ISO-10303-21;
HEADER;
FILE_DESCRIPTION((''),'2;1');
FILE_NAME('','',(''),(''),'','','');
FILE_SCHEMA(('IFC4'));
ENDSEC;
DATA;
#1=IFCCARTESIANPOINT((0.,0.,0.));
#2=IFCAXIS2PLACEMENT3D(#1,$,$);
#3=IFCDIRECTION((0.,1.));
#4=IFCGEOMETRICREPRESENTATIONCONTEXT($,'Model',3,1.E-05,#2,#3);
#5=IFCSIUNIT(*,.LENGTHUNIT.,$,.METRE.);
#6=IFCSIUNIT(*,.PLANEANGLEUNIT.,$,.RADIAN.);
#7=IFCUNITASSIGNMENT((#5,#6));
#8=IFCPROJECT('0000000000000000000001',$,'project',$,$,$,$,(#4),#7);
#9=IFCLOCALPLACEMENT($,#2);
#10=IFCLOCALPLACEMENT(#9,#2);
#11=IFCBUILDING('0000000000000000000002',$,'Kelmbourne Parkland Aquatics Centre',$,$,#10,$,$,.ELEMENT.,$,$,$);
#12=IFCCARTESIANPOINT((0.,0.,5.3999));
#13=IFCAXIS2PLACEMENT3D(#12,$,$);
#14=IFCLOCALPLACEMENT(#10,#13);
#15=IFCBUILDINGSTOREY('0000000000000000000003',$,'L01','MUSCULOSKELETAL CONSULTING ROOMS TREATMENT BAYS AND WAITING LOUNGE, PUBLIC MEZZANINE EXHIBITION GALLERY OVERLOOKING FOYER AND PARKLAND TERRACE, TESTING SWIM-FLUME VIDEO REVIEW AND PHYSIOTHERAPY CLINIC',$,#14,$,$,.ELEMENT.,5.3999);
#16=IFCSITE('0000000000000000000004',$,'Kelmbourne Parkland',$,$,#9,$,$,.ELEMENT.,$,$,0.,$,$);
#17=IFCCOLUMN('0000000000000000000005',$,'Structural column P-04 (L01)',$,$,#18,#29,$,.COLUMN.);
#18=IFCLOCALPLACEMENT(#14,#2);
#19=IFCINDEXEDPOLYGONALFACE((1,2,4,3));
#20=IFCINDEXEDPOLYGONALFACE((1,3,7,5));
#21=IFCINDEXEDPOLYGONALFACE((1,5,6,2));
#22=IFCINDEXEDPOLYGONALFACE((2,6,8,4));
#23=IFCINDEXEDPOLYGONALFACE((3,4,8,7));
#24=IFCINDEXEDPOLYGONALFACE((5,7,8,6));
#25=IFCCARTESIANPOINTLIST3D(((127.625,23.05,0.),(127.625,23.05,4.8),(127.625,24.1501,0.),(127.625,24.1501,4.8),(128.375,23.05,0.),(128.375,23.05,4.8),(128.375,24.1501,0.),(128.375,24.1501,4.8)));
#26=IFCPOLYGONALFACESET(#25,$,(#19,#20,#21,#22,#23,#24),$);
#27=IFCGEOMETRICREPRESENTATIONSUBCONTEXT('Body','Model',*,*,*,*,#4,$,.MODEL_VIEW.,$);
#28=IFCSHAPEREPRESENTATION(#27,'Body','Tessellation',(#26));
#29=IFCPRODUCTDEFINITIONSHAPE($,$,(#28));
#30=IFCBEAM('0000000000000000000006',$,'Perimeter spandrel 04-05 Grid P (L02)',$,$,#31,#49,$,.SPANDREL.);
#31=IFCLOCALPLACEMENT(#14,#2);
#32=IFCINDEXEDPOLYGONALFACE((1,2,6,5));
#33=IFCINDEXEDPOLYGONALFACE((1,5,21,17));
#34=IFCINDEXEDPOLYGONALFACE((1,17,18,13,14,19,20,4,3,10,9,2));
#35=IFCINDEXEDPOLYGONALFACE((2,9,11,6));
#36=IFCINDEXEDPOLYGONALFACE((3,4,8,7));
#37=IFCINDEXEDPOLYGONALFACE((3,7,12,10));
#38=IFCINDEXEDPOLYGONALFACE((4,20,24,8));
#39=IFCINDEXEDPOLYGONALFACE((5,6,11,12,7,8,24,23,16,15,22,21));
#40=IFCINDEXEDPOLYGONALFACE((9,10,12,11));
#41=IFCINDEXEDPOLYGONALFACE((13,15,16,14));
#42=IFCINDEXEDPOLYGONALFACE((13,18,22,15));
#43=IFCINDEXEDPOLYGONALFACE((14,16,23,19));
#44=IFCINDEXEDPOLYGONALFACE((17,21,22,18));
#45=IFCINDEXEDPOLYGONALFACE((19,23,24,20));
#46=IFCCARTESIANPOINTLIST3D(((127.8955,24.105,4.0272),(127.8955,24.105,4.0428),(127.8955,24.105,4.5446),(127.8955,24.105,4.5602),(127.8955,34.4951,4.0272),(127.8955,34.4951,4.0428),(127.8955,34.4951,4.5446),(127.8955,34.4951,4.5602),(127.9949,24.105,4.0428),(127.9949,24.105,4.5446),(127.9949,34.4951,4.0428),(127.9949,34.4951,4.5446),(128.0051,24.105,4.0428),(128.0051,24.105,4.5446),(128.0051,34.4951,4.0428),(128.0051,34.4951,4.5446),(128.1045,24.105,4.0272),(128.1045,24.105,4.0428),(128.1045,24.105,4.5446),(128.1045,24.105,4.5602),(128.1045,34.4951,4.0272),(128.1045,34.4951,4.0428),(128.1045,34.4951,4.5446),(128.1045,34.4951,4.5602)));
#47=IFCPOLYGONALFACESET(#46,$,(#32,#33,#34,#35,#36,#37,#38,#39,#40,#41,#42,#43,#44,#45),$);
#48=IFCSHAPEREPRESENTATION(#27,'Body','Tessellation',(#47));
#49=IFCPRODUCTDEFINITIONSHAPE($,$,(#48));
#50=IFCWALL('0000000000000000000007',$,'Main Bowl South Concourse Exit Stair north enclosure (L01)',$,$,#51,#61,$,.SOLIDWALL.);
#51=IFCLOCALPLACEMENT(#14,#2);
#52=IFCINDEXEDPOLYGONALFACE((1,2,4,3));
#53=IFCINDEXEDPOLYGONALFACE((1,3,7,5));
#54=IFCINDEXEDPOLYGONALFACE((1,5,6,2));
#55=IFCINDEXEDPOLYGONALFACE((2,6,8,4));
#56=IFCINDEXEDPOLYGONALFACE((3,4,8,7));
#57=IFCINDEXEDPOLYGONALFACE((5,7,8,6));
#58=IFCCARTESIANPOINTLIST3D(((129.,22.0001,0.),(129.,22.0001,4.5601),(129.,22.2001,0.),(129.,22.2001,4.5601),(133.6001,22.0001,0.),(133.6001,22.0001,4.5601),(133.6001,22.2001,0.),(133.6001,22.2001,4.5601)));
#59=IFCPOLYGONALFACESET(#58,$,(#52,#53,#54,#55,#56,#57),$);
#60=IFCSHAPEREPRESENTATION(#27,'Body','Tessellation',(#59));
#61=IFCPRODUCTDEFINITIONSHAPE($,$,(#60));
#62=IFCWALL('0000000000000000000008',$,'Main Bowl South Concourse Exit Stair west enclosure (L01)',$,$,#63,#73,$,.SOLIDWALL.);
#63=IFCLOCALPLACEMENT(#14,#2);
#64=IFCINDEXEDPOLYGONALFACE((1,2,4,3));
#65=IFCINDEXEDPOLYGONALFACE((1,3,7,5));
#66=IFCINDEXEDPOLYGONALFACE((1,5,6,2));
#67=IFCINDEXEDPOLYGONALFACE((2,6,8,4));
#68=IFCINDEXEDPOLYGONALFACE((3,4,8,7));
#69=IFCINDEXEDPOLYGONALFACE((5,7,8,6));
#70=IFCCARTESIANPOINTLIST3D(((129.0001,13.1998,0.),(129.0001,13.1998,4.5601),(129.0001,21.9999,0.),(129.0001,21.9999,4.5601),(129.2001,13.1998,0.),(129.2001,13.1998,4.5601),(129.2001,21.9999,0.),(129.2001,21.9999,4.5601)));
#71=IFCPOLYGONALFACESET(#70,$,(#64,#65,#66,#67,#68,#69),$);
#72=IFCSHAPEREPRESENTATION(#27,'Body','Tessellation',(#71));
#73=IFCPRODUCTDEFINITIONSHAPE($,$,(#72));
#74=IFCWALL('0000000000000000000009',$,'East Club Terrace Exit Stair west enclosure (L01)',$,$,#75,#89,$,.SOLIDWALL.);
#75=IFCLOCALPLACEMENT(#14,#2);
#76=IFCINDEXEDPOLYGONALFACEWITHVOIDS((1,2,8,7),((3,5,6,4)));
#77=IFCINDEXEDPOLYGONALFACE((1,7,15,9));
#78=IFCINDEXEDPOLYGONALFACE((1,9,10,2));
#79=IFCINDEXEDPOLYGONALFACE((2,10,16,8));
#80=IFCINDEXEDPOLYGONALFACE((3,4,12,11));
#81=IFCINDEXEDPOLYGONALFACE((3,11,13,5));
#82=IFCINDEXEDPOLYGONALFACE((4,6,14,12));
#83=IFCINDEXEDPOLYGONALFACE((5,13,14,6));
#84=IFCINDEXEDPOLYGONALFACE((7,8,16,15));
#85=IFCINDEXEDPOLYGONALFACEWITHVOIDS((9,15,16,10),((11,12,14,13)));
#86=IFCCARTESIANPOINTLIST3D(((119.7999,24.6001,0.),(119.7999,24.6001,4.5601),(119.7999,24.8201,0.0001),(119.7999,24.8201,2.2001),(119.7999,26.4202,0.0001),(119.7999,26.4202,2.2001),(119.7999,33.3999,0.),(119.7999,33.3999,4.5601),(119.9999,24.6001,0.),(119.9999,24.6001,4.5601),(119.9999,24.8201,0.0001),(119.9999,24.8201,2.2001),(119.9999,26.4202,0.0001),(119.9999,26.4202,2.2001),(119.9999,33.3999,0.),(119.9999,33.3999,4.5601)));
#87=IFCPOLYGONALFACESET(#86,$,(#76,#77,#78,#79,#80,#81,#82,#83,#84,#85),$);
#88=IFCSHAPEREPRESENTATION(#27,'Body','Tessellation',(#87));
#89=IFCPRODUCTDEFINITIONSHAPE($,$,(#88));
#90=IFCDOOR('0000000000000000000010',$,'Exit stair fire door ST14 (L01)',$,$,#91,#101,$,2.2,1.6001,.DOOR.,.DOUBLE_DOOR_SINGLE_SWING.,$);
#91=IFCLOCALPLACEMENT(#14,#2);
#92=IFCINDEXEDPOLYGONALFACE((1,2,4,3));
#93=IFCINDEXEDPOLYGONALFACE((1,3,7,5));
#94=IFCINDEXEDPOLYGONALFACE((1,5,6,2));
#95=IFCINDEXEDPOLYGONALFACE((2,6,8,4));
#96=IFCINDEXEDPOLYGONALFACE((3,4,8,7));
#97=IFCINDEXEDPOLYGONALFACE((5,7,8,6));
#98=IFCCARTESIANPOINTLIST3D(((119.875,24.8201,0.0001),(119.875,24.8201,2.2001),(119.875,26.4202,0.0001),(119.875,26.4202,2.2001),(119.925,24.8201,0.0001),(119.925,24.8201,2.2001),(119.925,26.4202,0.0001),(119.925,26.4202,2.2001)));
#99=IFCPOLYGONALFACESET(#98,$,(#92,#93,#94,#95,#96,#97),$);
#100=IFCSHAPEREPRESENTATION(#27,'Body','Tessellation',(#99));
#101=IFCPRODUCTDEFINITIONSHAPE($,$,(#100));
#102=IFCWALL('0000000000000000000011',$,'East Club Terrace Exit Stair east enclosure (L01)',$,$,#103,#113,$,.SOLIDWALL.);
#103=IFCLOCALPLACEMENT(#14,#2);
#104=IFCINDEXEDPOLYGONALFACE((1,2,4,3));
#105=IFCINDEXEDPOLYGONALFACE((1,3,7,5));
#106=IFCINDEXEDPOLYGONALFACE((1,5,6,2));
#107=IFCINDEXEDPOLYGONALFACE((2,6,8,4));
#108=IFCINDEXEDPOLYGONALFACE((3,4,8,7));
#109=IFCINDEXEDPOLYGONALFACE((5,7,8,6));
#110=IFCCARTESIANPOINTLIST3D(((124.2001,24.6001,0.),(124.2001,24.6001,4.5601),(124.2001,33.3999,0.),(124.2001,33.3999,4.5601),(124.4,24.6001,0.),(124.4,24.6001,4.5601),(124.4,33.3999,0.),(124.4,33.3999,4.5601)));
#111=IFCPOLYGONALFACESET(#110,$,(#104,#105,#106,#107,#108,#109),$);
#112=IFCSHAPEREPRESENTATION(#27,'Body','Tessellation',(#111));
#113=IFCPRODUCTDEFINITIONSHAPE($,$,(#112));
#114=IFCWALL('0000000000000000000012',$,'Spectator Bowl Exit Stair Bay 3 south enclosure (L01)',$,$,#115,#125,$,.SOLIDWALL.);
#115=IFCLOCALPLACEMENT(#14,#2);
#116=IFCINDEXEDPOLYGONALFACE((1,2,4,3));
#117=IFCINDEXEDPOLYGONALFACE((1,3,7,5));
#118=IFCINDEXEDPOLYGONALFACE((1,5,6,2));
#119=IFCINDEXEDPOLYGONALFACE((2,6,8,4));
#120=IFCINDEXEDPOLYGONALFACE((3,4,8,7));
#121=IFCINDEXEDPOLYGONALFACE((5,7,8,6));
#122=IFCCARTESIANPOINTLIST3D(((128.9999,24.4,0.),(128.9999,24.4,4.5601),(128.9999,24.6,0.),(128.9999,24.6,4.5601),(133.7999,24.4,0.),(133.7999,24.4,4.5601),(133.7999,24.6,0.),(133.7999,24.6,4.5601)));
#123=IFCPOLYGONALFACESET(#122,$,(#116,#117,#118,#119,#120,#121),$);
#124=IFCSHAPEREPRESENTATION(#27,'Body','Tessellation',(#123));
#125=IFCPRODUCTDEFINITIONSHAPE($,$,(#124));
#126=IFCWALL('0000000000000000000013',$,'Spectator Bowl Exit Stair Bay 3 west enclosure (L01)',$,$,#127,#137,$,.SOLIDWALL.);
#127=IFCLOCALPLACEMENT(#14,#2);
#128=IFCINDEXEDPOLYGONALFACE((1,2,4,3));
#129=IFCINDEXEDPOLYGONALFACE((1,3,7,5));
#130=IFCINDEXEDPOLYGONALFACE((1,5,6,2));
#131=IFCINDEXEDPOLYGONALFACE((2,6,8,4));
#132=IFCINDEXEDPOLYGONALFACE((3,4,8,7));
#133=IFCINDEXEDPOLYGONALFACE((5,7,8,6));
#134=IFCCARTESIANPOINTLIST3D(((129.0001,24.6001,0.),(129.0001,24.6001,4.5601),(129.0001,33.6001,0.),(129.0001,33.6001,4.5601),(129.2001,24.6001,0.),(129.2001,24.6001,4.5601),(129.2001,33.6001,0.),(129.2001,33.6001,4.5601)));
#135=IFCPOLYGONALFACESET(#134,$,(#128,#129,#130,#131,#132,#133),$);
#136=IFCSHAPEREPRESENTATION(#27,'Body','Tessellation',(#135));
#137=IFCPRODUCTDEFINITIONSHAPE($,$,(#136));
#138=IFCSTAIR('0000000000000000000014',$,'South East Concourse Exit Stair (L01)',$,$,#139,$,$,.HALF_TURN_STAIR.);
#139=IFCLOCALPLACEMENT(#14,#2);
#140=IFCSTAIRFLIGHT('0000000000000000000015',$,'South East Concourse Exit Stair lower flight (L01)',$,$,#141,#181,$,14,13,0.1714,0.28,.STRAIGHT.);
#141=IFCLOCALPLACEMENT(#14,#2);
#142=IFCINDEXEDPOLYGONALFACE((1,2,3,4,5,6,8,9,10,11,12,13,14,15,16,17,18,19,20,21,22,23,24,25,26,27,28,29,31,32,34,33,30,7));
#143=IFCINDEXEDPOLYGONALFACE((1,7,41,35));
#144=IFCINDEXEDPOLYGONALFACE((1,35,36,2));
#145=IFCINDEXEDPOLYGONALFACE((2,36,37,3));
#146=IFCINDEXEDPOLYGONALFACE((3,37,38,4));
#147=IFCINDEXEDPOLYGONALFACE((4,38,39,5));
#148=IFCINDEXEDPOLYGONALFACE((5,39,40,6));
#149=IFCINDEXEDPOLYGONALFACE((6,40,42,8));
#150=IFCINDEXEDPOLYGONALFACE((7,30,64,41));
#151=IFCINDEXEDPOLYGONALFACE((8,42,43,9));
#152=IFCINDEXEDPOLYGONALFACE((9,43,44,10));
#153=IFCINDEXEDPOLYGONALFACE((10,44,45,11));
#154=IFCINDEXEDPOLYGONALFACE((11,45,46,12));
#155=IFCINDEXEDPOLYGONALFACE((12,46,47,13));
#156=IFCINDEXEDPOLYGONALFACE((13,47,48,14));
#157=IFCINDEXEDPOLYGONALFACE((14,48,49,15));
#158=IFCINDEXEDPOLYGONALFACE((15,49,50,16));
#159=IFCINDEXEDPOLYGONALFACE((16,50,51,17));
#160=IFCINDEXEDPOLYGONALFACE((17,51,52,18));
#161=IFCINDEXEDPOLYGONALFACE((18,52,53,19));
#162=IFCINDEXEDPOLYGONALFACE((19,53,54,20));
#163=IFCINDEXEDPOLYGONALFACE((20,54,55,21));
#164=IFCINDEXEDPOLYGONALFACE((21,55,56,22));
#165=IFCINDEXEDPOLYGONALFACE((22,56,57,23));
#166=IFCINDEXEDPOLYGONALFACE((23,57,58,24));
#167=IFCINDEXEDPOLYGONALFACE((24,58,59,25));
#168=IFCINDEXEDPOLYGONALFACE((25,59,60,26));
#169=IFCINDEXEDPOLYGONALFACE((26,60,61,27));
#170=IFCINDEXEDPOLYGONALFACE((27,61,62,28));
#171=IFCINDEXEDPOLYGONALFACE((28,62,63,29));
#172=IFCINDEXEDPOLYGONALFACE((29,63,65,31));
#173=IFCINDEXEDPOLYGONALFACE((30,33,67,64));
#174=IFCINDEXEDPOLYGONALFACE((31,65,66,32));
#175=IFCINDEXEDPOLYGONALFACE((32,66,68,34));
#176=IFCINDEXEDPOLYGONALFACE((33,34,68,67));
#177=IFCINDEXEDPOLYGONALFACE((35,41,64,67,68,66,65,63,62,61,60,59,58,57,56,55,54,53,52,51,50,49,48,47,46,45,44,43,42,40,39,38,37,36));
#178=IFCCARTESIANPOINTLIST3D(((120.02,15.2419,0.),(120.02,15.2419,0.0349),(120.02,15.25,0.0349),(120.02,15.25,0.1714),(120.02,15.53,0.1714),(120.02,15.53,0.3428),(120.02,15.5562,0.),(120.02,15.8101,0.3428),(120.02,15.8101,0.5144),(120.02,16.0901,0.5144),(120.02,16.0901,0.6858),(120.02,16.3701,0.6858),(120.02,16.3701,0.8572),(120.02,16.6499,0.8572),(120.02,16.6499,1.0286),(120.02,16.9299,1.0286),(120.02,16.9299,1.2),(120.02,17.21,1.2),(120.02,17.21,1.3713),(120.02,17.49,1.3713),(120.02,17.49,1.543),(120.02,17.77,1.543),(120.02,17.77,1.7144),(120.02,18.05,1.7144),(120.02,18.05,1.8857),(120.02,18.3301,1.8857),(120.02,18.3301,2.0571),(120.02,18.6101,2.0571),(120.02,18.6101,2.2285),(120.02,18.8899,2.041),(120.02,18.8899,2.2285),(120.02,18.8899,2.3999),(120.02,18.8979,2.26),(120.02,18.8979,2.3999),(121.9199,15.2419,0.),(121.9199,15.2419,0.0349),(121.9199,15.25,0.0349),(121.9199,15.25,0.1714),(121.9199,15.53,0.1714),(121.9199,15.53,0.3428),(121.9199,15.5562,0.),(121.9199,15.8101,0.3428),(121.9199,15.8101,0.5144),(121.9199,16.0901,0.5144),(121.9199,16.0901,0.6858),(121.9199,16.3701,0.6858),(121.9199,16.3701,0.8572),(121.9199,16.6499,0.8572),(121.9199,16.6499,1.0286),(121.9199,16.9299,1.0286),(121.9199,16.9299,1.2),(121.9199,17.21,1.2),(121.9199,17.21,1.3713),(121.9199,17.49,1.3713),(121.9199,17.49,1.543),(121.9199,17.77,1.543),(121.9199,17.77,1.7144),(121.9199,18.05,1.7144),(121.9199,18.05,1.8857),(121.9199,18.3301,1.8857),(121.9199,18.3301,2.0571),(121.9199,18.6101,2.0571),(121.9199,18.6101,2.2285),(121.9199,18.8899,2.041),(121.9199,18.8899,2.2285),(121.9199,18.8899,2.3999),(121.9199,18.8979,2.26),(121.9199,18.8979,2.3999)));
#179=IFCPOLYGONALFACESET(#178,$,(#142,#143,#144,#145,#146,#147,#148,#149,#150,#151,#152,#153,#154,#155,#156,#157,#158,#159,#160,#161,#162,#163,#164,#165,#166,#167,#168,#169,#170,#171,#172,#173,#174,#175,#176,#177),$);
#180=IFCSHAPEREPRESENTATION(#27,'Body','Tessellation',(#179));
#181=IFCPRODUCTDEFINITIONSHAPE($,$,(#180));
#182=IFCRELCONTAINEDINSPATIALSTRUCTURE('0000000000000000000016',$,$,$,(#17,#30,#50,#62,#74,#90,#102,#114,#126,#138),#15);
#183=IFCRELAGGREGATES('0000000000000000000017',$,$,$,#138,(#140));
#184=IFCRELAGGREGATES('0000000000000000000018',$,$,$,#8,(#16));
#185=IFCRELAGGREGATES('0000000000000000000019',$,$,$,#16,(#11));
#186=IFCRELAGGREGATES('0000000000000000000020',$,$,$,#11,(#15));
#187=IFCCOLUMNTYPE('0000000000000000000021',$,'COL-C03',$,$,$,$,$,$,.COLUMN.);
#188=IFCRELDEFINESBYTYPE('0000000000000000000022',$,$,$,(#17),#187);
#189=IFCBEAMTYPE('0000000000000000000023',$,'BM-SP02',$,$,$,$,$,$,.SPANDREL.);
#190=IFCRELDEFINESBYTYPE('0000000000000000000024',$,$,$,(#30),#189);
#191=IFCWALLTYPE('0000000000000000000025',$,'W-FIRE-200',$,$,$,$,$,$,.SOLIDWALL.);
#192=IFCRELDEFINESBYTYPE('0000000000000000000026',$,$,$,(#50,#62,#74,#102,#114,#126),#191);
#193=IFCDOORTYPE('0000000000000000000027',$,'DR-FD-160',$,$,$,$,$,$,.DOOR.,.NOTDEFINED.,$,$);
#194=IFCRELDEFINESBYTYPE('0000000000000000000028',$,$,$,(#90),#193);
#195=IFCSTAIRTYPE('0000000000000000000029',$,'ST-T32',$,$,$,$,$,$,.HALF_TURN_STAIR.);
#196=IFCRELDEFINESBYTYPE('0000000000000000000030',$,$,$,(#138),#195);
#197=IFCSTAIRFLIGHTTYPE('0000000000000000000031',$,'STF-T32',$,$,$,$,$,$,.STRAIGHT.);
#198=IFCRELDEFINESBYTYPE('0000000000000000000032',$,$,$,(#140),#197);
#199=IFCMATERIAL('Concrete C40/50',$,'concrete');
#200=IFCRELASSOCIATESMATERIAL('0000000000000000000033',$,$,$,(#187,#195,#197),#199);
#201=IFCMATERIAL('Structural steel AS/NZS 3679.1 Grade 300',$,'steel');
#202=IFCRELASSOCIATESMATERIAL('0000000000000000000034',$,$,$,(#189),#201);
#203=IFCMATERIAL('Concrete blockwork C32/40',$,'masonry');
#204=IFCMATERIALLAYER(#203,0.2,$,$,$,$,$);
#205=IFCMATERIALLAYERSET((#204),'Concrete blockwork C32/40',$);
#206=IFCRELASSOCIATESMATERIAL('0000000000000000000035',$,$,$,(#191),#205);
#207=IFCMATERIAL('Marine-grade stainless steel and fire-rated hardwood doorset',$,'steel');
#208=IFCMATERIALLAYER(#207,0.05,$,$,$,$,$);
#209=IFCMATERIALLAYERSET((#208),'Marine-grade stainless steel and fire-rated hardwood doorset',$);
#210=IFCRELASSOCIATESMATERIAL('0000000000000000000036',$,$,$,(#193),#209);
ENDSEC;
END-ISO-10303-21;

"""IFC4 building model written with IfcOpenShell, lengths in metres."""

from ifc_helpers import new_model, si_unit, direction, frame, frame_2d, origin, origin_2d, place, context, subcontext, project, spatial, polyline, rectangle, i_section, outline, extrude, material, layer, layer_set, material_profile, profile_set, type_object, element, fill, aggregate, save


model = new_model("IFC4")

# Units and contexts
model_context = context("Model", 3, precision=1e-05, world=origin(), true_north=direction((0.0, 1.0)))
body_context = subcontext(model_context, "Body", "Model", "MODEL_VIEW")
ifc_project = project(units=[si_unit("LENGTHUNIT", "METRE"), si_unit("PLANEANGLEUNIT", "RADIAN")], contexts=[model_context])

# Site, building, storey
site_placement = place(None, origin())
site = spatial("IfcSite", under=ifc_project, at=site_placement, Name="Kelmbourne Parkland", CompositionType="ELEMENT", RefElevation=0.0)
building_placement = place(site_placement, origin())
building = spatial("IfcBuilding", under=site, at=building_placement, Name="Kelmbourne Parkland Aquatics Centre", CompositionType="ELEMENT")
storey_placement = place(building_placement, frame((0.0, 0.0, 5.3999)))
storey = spatial("IfcBuildingStorey", under=building, at=storey_placement, Name="L01", Description="MUSCULOSKELETAL CONSULTING ROOMS TREATMENT BAYS AND WAITING LOUNGE, PUBLIC MEZZANINE EXHIBITION GALLERY OVERLOOKING FOYER AND PARKLAND TERRACE, TESTING SWIM-FLUME VIDEO REVIEW AND PHYSIOTHERAPY CLINIC", CompositionType="ELEMENT", Elevation=5.3999)

# Column
ifc_material_1 = material(Name="Concrete C40/50", Category="concrete")
ifc_material_profile_1 = material_profile(ifc_material_1, rectangle(XDim=0.75, YDim=1.1001, at=origin_2d()), Name="RC 750x1100")
ifc_profile_set_1 = profile_set([ifc_material_profile_1], Name="Concrete C40/50")
column_type = type_object("IfcColumnType", Name="COL-C03", PredefinedType="COLUMN", material=ifc_profile_set_1)
column_placement = place(storey_placement, frame((128.0, 23.6001, 0.0), z_axis=(0.0, 0.0, 1.0), x_axis=(1.0, 0.0, 0.0)))
element("IfcColumn", 1, at=column_placement, inside=storey, type_object=column_type, Name="Structural column P-04 (L01)", PredefinedType="COLUMN", context=body_context, shape_type="SweptSolid", body=[
    extrude(rectangle(XDim=0.75, YDim=1.1001, at=origin_2d()), origin(), (0.0, 0.0, 1.0), 4.8),
])

# Beam
ifc_material_2 = material(Name="Structural steel AS/NZS 3679.1 Grade 300", Category="steel")
ifc_material_profile_2 = material_profile(ifc_material_2, i_section(OverallWidth=0.209, OverallDepth=0.533, WebThickness=0.0103, FlangeThickness=0.0156, at=origin_2d()), Name="530UB92.4")
ifc_profile_set_2 = profile_set([ifc_material_profile_2], Name="Structural steel AS/NZS 3679.1 Grade 300")
beam_type = type_object("IfcBeamType", Name="BM-SP02", PredefinedType="SPANDREL", material=ifc_profile_set_2)
beam_placement = place(storey_placement, frame((128.0, 24.105, 4.2937), z_axis=(0.0, 1.0, 0.0), x_axis=(-1.0, 0.0, 0.0)))
element("IfcBeam", 2, at=beam_placement, inside=storey, type_object=beam_type, Name="Perimeter spandrel 04-05 Grid P (L02)", PredefinedType="SPANDREL", context=body_context, shape_type="SweptSolid", body=[
    extrude(i_section(OverallWidth=0.209, OverallDepth=0.533, WebThickness=0.0103, FlangeThickness=0.0156, at=origin_2d()), origin(), (0.0, 0.0, 1.0), 10.3901),
])

# Walls
ifc_material_3 = material(Name="Concrete blockwork C32/40", Category="masonry")
ifc_layer_1 = layer(ifc_material_3, 0.2)
ifc_layer_set_1 = layer_set([ifc_layer_1], Name="Concrete blockwork C32/40")
wall_type = type_object("IfcWallType", Name="W-FIRE-200", PredefinedType="SOLIDWALL", material=ifc_layer_set_1)
wall_1_placement = place(storey_placement, frame((129.0, 22.1001, 0.0), z_axis=(0.0, 0.0, 1.0), x_axis=(1.0, 0.0, 0.0)))
element("IfcWall", 3, at=wall_1_placement, inside=storey, type_object=wall_type, Name="Main Bowl South Concourse Exit Stair north enclosure (L01)", PredefinedType="SOLIDWALL", context=body_context, shape_type="SweptSolid", body=[
    extrude(rectangle(XDim=4.6001, YDim=0.2, at=frame_2d((2.3, 0.0))), origin(), (0.0, 0.0, 1.0), 4.5601),
])
wall_2_placement = place(storey_placement, frame((129.1001, 13.2, 0.0), z_axis=(0.0, 0.0, 1.0), x_axis=(0.0, 1.0, 0.0)))
element("IfcWall", 4, at=wall_2_placement, inside=storey, type_object=wall_type, Name="Main Bowl South Concourse Exit Stair west enclosure (L01)", PredefinedType="SOLIDWALL", context=body_context, shape_type="SweptSolid", body=[
    extrude(rectangle(XDim=8.8, YDim=0.2, at=frame_2d((4.3999, 0.0))), origin(), (0.0, 0.0, 1.0), 4.5601),
])

# Wall, opening, door
wall_3_placement = place(storey_placement, frame((119.8999, 24.6001, 0.0), z_axis=(0.0, 0.0, 1.0), x_axis=(0.0, 1.0, 0.0)))
wall_3 = element("IfcWall", 5, at=wall_3_placement, inside=storey, type_object=wall_type, Name="East Club Terrace Exit Stair west enclosure (L01)", PredefinedType="SOLIDWALL", context=body_context, shape_type="SweptSolid", body=[
    extrude(rectangle(XDim=8.7998, YDim=0.2, at=frame_2d((4.3999, 0.0))), origin(), (0.0, 0.0, 1.0), 4.5601),
])
opening_placement = place(wall_3_placement, frame((0.22, 0.0, 0.0)))
opening = element("IfcOpeningElement", 6, at=opening_placement, cuts=wall_3, PredefinedType="OPENING", context=body_context, shape_type="SweptSolid", body=[
    extrude(rectangle(XDim=1.6001, YDim=2.2, at=frame_2d((0.8, 1.1001))), frame((0.0, 0.1118, 0.0), z_axis=(0.0, -1.0, 0.0), x_axis=(1.0, 0.0, 0.0)), (0.0, 0.0, 1.0), 0.2239),
])
ifc_material_4 = material(Name="Marine-grade stainless steel and fire-rated hardwood doorset", Category="steel")
ifc_layer_2 = layer(ifc_material_4, 0.05)
ifc_layer_set_2 = layer_set([ifc_layer_2], Name="Marine-grade stainless steel and fire-rated hardwood doorset")
door_type = type_object("IfcDoorType", Name="DR-FD-160", OperationType="NOTDEFINED", PredefinedType="DOOR", material=ifc_layer_set_2)
door_placement = place(opening_placement, origin())
door = element("IfcDoor", 7, at=door_placement, inside=storey, type_object=door_type, Name="Exit stair fire door ST14 (L01)", OperationType="DOUBLE_DOOR_SINGLE_SWING", OverallHeight=2.2, OverallWidth=1.6001, PredefinedType="DOOR", context=body_context, shape_type="SweptSolid", body=[
    extrude(rectangle(XDim=1.6001, YDim=2.2, at=frame_2d((0.8, 1.1001))), frame((0.0, 0.0249, 0.0), z_axis=(0.0, -1.0, 0.0), x_axis=(1.0, 0.0, 0.0)), (0.0, 0.0, 1.0), 0.05),
])
fill(opening, door)

# Walls
wall_4_placement = place(storey_placement, frame((124.3, 24.6001, 0.0), z_axis=(0.0, 0.0, 1.0), x_axis=(0.0, 1.0, 0.0)))
element("IfcWall", 8, at=wall_4_placement, inside=storey, type_object=wall_type, Name="East Club Terrace Exit Stair east enclosure (L01)", PredefinedType="SOLIDWALL", context=body_context, shape_type="SweptSolid", body=[
    extrude(rectangle(XDim=8.7998, YDim=0.2, at=frame_2d((4.3999, 0.0))), origin(), (0.0, 0.0, 1.0), 4.5601),
])
wall_5_placement = place(storey_placement, frame((129.0, 24.5, 0.0), z_axis=(0.0, 0.0, 1.0), x_axis=(1.0, 0.0, 0.0)))
element("IfcWall", 9, at=wall_5_placement, inside=storey, type_object=wall_type, Name="Spectator Bowl Exit Stair Bay 3 south enclosure (L01)", PredefinedType="SOLIDWALL", context=body_context, shape_type="SweptSolid", body=[
    extrude(rectangle(XDim=4.8, YDim=0.2, at=frame_2d((2.3999, 0.0))), origin(), (0.0, 0.0, 1.0), 4.5601),
])
wall_6_placement = place(storey_placement, frame((129.1001, 24.6001, 0.0), z_axis=(0.0, 0.0, 1.0), x_axis=(0.0, 1.0, 0.0)))
element("IfcWall", 10, at=wall_6_placement, inside=storey, type_object=wall_type, Name="Spectator Bowl Exit Stair Bay 3 west enclosure (L01)", PredefinedType="SOLIDWALL", context=body_context, shape_type="SweptSolid", body=[
    extrude(rectangle(XDim=9.0, YDim=0.2, at=frame_2d((4.5, 0.0))), origin(), (0.0, 0.0, 1.0), 4.5601),
])

# Stair, stair flight
stair_type_1 = type_object("IfcStairType", Name="ST-T32", PredefinedType="HALF_TURN_STAIR", material=ifc_material_1)
stair_1_placement = place(storey_placement, origin())
stair_1 = element("IfcStair", 11, at=stair_1_placement, inside=storey, type_object=stair_type_1, Name="South East Concourse Exit Stair (L01)", PredefinedType="HALF_TURN_STAIR")
stair_flight_type_1 = type_object("IfcStairFlightType", Name="STF-T32", PredefinedType="STRAIGHT", material=ifc_material_1)
stair_flight_1_placement = place(storey_placement, frame((120.97, 15.25, 0.0), z_axis=(0.0, 0.0, 1.0), x_axis=(0.0, 1.0, 0.0)))
stair_flight_1 = element("IfcStairFlight", 12, at=stair_flight_1_placement, type_object=stair_flight_type_1, Name="South East Concourse Exit Stair lower flight (L01)", NumberOfRisers=14, NumberOfTreads=13, PredefinedType="STRAIGHT", RiserHeight=0.1714, TreadLength=0.28, context=body_context, shape_type="SweptSolid", body=[
    extrude(outline(polyline([(-0.0081, 0.0), (-0.0081, 0.0349), (0.0, 0.0349), (0.0, 0.1714), (0.28, 0.1714), (0.28, 0.3428), (0.5601, 0.3428), (0.5601, 0.5144), (0.8401, 0.5144), (0.8401, 0.6858), (1.1201, 0.6858), (1.1201, 0.8572), (1.3999, 0.8572), (1.3999, 1.0286), (1.6799, 1.0286), (1.6799, 1.2), (1.96, 1.2), (1.96, 1.3713), (2.24, 1.3713), (2.24, 1.543), (2.52, 1.543), (2.52, 1.7144), (2.8, 1.7144), (2.8, 1.8857), (3.0801, 1.8857), (3.0801, 2.0571), (3.3601, 2.0571), (3.3601, 2.2285), (3.6399, 2.2285), (3.6399, 2.3999), (3.6479, 2.3999), (3.6479, 2.26), (3.6399, 2.041), (0.3062, 0.0), (-0.0081, 0.0)])), frame((0.0, 0.95, 0.0), z_axis=(0.0, -1.0, 0.0), x_axis=(1.0, 0.0, 0.0)), (0.0, 0.0, 1.0), 1.8999),
])
aggregate(stair_1, [stair_flight_1])

save(model, "model.ifc")
